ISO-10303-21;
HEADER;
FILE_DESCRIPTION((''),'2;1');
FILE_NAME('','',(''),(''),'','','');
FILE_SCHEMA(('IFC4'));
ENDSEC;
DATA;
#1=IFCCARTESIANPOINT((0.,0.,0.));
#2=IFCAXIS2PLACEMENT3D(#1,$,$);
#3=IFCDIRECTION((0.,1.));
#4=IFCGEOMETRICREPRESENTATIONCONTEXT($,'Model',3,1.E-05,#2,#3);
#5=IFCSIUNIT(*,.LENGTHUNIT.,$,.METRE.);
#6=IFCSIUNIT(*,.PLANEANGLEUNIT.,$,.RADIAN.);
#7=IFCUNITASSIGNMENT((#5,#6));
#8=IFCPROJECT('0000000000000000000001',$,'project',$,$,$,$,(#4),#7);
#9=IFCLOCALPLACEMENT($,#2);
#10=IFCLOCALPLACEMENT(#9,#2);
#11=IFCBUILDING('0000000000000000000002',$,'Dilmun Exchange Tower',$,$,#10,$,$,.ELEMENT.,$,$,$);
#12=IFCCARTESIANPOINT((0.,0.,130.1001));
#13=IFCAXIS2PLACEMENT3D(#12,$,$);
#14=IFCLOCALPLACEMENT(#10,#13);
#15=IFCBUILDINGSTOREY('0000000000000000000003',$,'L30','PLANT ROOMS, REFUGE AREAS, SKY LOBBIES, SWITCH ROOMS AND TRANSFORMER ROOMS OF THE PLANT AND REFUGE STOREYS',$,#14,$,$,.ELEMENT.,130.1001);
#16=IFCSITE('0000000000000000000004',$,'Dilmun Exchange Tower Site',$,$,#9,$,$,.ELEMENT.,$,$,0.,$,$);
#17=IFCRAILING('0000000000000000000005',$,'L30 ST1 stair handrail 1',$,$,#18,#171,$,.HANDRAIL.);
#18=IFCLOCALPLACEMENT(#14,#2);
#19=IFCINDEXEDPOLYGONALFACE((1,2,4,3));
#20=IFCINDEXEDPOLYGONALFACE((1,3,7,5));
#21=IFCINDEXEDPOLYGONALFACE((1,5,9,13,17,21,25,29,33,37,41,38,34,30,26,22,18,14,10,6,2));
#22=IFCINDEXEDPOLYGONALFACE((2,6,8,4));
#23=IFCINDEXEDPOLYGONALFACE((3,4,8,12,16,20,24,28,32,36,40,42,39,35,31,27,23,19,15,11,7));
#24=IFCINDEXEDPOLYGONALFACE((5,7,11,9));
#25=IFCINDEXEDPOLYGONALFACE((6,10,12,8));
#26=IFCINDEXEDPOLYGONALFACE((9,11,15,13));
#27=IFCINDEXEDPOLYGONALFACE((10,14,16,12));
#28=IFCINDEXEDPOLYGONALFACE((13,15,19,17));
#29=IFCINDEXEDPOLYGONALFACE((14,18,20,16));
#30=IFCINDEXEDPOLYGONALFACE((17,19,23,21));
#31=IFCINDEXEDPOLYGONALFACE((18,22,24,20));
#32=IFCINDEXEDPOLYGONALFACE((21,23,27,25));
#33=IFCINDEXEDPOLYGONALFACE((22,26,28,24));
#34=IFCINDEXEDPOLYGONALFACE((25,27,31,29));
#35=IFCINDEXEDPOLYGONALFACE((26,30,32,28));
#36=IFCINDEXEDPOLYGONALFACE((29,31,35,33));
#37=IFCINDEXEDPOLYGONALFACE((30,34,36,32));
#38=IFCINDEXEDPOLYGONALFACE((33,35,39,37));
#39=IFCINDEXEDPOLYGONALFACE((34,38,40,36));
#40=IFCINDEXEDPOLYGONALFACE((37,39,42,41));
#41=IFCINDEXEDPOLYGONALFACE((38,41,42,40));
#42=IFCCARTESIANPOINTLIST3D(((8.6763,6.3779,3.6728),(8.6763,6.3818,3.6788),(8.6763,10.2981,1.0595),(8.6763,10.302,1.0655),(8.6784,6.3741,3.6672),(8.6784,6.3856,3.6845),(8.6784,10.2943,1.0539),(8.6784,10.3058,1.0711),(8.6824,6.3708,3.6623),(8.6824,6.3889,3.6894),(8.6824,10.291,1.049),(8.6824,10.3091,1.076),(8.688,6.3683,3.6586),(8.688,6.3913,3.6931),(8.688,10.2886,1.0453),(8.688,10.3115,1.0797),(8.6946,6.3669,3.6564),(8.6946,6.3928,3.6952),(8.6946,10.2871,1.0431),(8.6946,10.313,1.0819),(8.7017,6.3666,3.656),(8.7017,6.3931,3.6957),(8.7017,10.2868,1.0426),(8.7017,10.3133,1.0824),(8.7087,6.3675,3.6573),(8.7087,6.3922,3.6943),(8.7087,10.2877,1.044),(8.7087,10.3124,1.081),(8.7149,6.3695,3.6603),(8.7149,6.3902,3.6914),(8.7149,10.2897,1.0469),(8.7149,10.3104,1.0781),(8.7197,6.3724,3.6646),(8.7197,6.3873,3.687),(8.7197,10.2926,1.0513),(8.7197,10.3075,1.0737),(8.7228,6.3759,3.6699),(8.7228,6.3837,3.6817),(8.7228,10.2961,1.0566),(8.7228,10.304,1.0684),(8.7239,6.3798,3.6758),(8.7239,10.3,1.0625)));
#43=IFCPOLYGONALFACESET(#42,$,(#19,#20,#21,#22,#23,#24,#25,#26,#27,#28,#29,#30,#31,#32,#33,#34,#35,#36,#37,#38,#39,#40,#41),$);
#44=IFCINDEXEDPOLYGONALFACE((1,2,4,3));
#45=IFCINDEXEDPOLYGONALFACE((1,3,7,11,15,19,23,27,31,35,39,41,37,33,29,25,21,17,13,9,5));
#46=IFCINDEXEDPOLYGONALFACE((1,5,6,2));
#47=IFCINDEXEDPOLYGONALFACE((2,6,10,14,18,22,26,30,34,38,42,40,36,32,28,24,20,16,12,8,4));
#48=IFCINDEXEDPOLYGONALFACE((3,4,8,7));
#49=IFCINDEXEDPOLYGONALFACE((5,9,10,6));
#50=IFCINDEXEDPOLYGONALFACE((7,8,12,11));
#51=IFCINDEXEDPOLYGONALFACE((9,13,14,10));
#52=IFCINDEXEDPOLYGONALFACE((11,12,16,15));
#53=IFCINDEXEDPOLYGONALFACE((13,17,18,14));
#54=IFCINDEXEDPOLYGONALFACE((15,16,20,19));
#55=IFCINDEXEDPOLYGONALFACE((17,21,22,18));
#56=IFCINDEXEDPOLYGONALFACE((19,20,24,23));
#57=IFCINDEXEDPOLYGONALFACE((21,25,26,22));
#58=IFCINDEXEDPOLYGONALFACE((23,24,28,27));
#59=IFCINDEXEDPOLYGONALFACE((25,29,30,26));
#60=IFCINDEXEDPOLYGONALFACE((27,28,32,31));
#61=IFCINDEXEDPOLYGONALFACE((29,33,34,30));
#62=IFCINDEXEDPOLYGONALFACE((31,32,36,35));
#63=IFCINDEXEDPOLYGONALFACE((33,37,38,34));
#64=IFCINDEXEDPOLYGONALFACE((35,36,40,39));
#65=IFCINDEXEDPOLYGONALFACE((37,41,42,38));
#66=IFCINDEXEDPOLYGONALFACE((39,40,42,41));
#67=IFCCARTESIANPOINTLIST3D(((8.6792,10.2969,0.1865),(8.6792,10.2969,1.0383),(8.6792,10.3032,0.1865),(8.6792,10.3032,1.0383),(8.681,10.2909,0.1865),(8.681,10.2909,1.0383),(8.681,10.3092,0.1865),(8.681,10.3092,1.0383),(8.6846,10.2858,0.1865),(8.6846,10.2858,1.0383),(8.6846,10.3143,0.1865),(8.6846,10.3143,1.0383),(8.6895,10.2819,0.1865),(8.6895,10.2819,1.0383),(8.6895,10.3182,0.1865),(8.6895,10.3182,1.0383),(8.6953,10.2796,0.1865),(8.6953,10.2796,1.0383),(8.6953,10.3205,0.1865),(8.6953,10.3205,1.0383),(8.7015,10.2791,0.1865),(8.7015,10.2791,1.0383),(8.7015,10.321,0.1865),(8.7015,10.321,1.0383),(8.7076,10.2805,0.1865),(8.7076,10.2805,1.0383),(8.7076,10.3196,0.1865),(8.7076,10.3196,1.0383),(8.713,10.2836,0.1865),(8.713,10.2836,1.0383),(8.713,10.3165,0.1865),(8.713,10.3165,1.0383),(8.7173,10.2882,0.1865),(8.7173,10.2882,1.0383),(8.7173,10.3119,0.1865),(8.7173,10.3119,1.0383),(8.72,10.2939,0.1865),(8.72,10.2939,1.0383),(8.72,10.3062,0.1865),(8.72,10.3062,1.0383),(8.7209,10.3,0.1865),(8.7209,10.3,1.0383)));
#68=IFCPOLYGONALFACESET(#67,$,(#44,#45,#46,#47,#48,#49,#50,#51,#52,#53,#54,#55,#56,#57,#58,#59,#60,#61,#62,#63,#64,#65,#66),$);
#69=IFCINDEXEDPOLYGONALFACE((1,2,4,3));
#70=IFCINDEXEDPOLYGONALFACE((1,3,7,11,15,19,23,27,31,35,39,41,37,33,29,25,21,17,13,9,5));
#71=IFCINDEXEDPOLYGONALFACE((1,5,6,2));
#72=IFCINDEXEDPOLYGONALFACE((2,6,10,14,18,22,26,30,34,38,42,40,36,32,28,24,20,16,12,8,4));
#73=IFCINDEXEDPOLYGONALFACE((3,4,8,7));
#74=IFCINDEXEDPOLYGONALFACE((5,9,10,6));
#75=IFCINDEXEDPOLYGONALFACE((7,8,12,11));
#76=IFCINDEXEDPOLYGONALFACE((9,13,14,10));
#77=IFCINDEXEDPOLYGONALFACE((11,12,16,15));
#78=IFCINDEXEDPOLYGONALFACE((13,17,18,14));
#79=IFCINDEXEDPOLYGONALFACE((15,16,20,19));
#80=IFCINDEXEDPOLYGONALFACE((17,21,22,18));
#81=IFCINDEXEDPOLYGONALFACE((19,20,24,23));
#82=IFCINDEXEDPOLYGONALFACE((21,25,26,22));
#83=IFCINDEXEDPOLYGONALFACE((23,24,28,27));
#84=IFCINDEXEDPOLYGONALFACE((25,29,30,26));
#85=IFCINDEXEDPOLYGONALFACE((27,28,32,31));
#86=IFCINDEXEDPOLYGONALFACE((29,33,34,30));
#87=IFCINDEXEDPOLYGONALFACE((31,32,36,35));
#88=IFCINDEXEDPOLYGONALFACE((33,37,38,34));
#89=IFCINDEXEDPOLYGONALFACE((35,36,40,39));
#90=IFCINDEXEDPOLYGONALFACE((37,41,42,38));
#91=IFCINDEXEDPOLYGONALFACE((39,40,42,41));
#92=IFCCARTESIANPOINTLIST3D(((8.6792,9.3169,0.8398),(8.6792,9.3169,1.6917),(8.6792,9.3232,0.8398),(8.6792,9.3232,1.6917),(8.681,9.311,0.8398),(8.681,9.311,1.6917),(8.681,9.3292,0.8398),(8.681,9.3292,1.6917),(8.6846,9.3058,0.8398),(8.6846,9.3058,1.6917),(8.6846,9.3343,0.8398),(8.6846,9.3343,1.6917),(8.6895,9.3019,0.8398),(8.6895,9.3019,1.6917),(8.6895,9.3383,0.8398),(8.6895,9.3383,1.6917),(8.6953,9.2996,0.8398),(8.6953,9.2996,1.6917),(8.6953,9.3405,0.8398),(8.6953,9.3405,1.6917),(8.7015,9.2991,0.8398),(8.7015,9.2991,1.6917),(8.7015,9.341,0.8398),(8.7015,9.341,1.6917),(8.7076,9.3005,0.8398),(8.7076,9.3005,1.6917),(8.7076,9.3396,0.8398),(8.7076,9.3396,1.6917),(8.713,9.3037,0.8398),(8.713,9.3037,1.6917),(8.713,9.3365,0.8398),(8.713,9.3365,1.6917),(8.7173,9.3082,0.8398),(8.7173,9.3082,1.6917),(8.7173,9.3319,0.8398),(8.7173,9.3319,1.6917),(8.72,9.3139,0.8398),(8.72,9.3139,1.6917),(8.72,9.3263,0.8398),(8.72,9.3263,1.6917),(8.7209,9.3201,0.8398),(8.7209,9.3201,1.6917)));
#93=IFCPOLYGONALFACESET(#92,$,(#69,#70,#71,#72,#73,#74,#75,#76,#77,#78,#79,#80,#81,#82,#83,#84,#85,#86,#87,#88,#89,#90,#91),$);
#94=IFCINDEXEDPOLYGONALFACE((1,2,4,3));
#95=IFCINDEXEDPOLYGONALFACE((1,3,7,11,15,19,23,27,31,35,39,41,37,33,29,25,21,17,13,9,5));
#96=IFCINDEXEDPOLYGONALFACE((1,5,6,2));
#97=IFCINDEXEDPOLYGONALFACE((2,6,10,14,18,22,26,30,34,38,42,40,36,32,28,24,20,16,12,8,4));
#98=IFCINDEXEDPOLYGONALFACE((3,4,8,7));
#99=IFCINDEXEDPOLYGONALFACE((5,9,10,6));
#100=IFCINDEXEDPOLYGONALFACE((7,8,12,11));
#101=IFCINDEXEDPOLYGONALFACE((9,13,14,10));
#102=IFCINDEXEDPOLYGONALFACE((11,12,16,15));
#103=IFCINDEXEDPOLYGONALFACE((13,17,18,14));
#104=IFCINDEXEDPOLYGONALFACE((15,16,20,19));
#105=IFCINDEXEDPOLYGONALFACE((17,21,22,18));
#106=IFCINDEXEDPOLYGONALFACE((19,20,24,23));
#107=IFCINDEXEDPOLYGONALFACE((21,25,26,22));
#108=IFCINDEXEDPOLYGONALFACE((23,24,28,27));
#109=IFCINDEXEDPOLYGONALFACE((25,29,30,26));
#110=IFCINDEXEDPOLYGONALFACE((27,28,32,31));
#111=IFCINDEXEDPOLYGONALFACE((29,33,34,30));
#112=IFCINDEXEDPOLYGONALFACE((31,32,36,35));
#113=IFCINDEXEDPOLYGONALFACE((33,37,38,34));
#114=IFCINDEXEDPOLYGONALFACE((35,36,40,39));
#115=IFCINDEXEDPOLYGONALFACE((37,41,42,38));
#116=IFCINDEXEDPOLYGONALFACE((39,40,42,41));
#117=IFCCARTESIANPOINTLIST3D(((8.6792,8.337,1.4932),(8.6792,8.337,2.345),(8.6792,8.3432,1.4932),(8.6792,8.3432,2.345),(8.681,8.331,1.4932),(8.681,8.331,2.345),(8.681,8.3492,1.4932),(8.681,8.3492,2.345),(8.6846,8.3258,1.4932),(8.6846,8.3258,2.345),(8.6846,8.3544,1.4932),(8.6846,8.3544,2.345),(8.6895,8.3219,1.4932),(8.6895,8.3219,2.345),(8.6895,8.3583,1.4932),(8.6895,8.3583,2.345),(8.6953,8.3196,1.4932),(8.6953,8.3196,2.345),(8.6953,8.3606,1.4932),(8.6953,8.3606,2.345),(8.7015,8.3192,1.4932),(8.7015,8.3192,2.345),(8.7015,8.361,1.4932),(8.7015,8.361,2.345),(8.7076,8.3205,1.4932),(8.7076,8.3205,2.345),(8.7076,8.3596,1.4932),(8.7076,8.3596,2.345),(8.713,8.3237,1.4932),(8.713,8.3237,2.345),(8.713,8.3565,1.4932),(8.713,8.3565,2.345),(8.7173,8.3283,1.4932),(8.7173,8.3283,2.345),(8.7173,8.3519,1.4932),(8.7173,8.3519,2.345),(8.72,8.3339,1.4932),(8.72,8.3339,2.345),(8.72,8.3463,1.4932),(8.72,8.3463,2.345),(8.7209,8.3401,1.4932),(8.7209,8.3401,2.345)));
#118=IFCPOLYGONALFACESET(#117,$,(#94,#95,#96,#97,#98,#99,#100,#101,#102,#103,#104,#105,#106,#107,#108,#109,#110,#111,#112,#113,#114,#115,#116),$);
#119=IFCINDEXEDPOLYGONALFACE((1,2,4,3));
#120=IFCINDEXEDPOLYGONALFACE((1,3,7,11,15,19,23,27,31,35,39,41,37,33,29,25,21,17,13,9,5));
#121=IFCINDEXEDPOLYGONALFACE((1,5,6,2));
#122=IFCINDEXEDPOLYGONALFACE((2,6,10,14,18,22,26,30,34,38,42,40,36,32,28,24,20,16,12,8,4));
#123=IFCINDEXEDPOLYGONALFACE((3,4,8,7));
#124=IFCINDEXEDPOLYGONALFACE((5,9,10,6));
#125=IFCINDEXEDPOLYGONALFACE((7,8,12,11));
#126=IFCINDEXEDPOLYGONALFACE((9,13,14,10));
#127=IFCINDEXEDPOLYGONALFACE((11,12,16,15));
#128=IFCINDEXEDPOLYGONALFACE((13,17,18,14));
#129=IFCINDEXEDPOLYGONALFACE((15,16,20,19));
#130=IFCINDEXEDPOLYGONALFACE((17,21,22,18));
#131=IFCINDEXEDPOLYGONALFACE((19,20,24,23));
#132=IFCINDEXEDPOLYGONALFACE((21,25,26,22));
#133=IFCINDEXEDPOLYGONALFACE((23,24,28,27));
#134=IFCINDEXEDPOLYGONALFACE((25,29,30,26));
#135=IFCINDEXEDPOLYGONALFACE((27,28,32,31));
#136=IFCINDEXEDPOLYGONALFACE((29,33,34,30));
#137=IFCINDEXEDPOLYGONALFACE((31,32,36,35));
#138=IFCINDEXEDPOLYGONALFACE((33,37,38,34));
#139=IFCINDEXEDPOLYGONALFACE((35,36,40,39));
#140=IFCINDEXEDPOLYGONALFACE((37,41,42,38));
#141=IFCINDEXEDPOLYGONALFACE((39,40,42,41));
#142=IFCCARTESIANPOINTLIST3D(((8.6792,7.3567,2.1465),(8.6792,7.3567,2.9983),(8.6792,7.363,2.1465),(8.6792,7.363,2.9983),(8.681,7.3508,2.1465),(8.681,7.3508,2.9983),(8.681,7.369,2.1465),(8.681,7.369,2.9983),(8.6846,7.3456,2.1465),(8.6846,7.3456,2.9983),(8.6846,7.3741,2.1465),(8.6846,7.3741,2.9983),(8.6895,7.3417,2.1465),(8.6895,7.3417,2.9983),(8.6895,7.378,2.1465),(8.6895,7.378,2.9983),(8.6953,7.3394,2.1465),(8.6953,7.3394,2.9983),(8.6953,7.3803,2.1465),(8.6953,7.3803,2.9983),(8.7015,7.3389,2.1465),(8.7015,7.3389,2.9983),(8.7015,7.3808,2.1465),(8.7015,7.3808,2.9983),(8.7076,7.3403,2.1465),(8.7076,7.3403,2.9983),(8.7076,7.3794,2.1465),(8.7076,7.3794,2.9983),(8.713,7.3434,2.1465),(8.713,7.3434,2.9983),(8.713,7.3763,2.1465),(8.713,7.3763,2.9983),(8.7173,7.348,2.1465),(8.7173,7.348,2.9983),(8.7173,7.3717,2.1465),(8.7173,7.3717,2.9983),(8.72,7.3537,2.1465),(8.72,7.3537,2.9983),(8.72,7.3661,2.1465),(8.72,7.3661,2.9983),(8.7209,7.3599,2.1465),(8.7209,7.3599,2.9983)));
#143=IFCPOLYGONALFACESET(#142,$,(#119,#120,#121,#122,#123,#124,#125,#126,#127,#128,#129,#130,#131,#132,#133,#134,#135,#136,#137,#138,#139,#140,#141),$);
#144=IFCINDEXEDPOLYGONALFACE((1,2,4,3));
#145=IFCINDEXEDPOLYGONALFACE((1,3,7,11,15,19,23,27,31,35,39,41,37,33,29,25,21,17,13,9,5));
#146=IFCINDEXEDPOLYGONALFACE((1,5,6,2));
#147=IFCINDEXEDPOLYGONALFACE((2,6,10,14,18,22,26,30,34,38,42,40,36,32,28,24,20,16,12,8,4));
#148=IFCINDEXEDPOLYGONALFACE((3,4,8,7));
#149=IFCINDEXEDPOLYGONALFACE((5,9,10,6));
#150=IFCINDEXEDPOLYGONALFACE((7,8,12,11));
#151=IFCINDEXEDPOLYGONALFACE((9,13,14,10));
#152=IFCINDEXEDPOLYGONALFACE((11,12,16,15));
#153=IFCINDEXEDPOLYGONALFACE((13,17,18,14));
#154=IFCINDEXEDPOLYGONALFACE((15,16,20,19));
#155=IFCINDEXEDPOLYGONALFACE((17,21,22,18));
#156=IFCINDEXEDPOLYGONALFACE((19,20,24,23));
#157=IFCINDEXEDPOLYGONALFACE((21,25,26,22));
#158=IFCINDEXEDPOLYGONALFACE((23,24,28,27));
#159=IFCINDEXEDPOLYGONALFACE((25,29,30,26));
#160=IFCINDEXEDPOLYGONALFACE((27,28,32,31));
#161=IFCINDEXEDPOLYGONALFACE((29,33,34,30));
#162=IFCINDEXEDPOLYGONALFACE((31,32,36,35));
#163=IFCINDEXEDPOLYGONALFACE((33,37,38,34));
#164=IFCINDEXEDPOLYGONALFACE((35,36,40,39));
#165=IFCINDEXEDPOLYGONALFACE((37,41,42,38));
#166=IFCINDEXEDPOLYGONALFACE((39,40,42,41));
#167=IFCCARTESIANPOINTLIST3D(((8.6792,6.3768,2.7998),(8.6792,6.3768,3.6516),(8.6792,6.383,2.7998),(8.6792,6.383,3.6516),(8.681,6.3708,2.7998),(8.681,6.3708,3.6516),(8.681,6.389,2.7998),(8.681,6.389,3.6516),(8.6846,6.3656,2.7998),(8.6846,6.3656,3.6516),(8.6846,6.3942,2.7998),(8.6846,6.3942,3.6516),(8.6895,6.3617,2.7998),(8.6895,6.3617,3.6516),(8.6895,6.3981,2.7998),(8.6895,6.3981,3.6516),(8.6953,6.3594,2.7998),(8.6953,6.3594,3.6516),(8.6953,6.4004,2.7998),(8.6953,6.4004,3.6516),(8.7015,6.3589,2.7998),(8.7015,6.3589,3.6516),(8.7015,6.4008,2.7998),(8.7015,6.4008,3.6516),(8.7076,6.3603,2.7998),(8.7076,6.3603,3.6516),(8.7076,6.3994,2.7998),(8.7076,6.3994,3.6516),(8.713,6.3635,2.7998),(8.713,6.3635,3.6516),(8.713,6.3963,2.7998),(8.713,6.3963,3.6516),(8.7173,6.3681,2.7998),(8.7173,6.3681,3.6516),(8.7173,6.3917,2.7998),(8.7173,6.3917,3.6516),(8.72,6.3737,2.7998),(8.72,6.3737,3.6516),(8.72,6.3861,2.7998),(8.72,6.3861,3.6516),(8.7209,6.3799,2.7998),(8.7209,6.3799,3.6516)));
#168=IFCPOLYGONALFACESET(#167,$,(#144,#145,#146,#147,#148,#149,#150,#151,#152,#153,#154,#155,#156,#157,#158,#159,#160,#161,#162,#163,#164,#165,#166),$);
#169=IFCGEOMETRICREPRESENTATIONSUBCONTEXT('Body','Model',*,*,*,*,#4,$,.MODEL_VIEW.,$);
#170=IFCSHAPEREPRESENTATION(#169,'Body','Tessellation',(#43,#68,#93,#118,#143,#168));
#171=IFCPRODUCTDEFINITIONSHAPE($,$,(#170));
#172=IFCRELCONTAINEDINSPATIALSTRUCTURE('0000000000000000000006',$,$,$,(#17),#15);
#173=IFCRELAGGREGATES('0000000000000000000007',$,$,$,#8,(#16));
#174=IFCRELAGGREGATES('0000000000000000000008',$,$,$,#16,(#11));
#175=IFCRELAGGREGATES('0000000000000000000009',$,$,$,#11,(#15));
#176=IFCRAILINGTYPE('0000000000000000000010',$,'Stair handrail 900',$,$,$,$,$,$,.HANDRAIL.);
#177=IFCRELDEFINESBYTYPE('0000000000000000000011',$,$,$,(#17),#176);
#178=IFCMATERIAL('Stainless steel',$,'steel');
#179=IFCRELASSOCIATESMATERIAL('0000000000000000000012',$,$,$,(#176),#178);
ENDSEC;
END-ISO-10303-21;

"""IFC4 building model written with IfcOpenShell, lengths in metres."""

from ifc_helpers import new_model, si_unit, direction, frame, origin, origin_2d, place, context, subcontext, project, spatial, circle, extrude, material, type_object, element, save


model = new_model("IFC4")

# Units and contexts
model_context = context("Model", 3, precision=1e-05, world=origin(), true_north=direction((0.0, 1.0)))
body_context = subcontext(model_context, "Body", "Model", "MODEL_VIEW")
ifc_project = project(units=[si_unit("LENGTHUNIT", "METRE"), si_unit("PLANEANGLEUNIT", "RADIAN")], contexts=[model_context])

# Site, building, storey
site_placement = place(None, origin())
site = spatial("IfcSite", under=ifc_project, at=site_placement, Name="Dilmun Exchange Tower Site", CompositionType="ELEMENT", RefElevation=0.0)
building_placement = place(site_placement, origin())
building = spatial("IfcBuilding", under=site, at=building_placement, Name="Dilmun Exchange Tower", CompositionType="ELEMENT")
storey_placement = place(building_placement, frame((0.0, 0.0, 130.1001)))
storey = spatial("IfcBuildingStorey", under=building, at=storey_placement, Name="L30", Description="PLANT ROOMS, REFUGE AREAS, SKY LOBBIES, SWITCH ROOMS AND TRANSFORMER ROOMS OF THE PLANT AND REFUGE STOREYS", CompositionType="ELEMENT", Elevation=130.1001)

# Railing
ifc_material_1 = material(Name="Stainless steel", Category="steel")
railing_type = type_object("IfcRailingType", Name="Stair handrail 900", PredefinedType="HANDRAIL", material=ifc_material_1)
railing_1_placement = place(storey_placement, frame((8.7, 10.3, 0.1865)))
element("IfcRailing", 1, at=railing_1_placement, inside=storey, type_object=railing_type, Name="L30 ST1 stair handrail 1", PredefinedType="HANDRAIL", context=body_context, shape_type="SweptSolid", body=[
    extrude(circle(Radius=0.0239, at=origin_2d()), frame((0.0, 0.0, 0.876), z_axis=(0.0, -0.832066, 0.554676), x_axis=(1.0, 0.0, 0.0)), (0.0, 0.0, 1.0), 4.7114),
    extrude(circle(Radius=0.021, at=origin_2d()), origin(), (0.0, 0.0, 1.0), 0.8518),
    extrude(circle(Radius=0.021, at=origin_2d()), frame((0.0, -0.98, 0.6533)), (0.0, 0.0, 1.0), 0.8518),
    extrude(circle(Radius=0.021, at=origin_2d()), frame((0.0, -1.96, 1.3066)), (0.0, 0.0, 1.0), 0.8518),
    extrude(circle(Radius=0.021, at=origin_2d()), frame((0.0, -2.9402, 1.96)), (0.0, 0.0, 1.0), 0.8518),
    extrude(circle(Radius=0.021, at=origin_2d()), frame((0.0, -3.9202, 2.6133)), (0.0, 0.0, 1.0), 0.8518),
])

save(model, "model.ifc")
